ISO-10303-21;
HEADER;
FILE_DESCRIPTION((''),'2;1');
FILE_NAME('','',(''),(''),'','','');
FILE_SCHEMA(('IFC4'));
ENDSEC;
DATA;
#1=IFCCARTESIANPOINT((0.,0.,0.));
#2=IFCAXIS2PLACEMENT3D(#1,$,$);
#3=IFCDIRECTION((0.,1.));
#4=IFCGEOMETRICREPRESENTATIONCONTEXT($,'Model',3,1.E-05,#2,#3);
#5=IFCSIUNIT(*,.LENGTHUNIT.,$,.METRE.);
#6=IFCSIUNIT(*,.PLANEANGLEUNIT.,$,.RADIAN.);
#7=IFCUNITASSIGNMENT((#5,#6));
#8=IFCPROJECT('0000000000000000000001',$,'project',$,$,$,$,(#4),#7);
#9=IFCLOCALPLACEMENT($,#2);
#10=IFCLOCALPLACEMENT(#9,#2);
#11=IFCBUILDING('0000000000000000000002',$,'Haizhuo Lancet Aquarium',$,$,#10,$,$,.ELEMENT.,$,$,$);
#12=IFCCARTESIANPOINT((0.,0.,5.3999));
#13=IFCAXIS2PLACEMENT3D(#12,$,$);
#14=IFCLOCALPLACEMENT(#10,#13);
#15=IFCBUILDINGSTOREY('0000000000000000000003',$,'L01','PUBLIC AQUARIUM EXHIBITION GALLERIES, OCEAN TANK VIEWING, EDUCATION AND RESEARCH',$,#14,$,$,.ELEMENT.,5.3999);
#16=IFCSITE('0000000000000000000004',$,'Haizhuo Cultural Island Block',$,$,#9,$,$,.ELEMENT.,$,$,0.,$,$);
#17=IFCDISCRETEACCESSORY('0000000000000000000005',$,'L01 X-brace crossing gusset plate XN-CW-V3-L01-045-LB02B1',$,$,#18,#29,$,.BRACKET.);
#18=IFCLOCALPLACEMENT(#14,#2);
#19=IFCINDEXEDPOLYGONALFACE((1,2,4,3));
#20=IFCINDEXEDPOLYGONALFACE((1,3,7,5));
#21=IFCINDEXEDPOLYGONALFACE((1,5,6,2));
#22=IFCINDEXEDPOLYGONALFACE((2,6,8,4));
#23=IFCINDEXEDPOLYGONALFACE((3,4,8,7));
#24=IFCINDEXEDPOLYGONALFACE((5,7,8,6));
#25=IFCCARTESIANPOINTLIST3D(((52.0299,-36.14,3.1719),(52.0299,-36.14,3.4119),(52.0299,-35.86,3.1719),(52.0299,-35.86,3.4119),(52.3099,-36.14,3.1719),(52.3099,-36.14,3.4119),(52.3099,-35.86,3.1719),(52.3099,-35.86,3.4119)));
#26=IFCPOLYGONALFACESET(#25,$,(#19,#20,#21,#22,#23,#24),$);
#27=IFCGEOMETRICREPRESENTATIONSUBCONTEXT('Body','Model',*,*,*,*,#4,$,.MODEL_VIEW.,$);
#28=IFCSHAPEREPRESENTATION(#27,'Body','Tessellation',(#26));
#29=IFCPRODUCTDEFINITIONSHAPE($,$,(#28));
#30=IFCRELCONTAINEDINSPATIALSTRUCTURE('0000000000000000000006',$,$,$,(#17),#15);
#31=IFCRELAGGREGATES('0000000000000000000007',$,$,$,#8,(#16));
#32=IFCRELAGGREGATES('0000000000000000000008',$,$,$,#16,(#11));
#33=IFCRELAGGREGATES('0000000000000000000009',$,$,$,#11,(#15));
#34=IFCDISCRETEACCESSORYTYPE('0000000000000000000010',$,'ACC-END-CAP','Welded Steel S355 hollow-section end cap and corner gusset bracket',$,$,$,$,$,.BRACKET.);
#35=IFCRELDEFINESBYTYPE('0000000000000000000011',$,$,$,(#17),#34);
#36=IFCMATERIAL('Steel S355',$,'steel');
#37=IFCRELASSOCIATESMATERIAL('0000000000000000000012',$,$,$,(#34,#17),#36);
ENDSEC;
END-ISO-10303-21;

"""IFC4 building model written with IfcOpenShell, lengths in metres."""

from ifc_helpers import new_model, si_unit, direction, frame, origin, origin_2d, place, context, subcontext, project, spatial, rectangle, extrude, material, type_object, element, save


model = new_model("IFC4")

# Units and contexts
model_context = context("Model", 3, precision=1e-05, world=origin(), true_north=direction((0.0, 1.0)))
body_context = subcontext(model_context, "Body", "Model", "MODEL_VIEW")
ifc_project = project(units=[si_unit("LENGTHUNIT", "METRE"), si_unit("PLANEANGLEUNIT", "RADIAN")], contexts=[model_context])

# Site, building, storey
site_placement = place(None, origin())
site = spatial("IfcSite", under=ifc_project, at=site_placement, Name="Haizhuo Cultural Island Block", CompositionType="ELEMENT", RefElevation=0.0)
building_placement = place(site_placement, origin())
building = spatial("IfcBuilding", under=site, at=building_placement, Name="Haizhuo Lancet Aquarium", CompositionType="ELEMENT")
storey_placement = place(building_placement, frame((0.0, 0.0, 5.3999)))
storey = spatial("IfcBuildingStorey", under=building, at=storey_placement, Name="L01", Description="PUBLIC AQUARIUM EXHIBITION GALLERIES, OCEAN TANK VIEWING, EDUCATION AND RESEARCH", CompositionType="ELEMENT", Elevation=5.3999)

# Shared definitions
ifc_material_1 = material(Name="Steel S355", Category="steel")

# Discrete accessory
discrete_accessory_type = type_object("IfcDiscreteAccessoryType", Name="ACC-END-CAP", Description="Welded Steel S355 hollow-section end cap and corner gusset bracket", PredefinedType="BRACKET", material=ifc_material_1)
for number, where, z_axis, x_axis, name in (
    (1, (52.1699, -36.0, 3.1719), (0.0, 0.0, 1.0), (1.0, 0.0, 0.0), "L01 X-brace crossing gusset plate XN-CW-V3-L01-045-LB02B1"),
):
    element("IfcDiscreteAccessory", number, at=place(storey_placement, frame(where, z_axis=z_axis, x_axis=x_axis)), inside=storey, type_object=discrete_accessory_type, material=ifc_material_1, Name=name, PredefinedType="BRACKET", context=body_context, shape_type="SweptSolid", body=[
        extrude(rectangle(XDim=0.28, YDim=0.28, at=origin_2d()), origin(), (0.0, 0.0, 1.0), 0.24),
    ])

save(model, "model.ifc")
